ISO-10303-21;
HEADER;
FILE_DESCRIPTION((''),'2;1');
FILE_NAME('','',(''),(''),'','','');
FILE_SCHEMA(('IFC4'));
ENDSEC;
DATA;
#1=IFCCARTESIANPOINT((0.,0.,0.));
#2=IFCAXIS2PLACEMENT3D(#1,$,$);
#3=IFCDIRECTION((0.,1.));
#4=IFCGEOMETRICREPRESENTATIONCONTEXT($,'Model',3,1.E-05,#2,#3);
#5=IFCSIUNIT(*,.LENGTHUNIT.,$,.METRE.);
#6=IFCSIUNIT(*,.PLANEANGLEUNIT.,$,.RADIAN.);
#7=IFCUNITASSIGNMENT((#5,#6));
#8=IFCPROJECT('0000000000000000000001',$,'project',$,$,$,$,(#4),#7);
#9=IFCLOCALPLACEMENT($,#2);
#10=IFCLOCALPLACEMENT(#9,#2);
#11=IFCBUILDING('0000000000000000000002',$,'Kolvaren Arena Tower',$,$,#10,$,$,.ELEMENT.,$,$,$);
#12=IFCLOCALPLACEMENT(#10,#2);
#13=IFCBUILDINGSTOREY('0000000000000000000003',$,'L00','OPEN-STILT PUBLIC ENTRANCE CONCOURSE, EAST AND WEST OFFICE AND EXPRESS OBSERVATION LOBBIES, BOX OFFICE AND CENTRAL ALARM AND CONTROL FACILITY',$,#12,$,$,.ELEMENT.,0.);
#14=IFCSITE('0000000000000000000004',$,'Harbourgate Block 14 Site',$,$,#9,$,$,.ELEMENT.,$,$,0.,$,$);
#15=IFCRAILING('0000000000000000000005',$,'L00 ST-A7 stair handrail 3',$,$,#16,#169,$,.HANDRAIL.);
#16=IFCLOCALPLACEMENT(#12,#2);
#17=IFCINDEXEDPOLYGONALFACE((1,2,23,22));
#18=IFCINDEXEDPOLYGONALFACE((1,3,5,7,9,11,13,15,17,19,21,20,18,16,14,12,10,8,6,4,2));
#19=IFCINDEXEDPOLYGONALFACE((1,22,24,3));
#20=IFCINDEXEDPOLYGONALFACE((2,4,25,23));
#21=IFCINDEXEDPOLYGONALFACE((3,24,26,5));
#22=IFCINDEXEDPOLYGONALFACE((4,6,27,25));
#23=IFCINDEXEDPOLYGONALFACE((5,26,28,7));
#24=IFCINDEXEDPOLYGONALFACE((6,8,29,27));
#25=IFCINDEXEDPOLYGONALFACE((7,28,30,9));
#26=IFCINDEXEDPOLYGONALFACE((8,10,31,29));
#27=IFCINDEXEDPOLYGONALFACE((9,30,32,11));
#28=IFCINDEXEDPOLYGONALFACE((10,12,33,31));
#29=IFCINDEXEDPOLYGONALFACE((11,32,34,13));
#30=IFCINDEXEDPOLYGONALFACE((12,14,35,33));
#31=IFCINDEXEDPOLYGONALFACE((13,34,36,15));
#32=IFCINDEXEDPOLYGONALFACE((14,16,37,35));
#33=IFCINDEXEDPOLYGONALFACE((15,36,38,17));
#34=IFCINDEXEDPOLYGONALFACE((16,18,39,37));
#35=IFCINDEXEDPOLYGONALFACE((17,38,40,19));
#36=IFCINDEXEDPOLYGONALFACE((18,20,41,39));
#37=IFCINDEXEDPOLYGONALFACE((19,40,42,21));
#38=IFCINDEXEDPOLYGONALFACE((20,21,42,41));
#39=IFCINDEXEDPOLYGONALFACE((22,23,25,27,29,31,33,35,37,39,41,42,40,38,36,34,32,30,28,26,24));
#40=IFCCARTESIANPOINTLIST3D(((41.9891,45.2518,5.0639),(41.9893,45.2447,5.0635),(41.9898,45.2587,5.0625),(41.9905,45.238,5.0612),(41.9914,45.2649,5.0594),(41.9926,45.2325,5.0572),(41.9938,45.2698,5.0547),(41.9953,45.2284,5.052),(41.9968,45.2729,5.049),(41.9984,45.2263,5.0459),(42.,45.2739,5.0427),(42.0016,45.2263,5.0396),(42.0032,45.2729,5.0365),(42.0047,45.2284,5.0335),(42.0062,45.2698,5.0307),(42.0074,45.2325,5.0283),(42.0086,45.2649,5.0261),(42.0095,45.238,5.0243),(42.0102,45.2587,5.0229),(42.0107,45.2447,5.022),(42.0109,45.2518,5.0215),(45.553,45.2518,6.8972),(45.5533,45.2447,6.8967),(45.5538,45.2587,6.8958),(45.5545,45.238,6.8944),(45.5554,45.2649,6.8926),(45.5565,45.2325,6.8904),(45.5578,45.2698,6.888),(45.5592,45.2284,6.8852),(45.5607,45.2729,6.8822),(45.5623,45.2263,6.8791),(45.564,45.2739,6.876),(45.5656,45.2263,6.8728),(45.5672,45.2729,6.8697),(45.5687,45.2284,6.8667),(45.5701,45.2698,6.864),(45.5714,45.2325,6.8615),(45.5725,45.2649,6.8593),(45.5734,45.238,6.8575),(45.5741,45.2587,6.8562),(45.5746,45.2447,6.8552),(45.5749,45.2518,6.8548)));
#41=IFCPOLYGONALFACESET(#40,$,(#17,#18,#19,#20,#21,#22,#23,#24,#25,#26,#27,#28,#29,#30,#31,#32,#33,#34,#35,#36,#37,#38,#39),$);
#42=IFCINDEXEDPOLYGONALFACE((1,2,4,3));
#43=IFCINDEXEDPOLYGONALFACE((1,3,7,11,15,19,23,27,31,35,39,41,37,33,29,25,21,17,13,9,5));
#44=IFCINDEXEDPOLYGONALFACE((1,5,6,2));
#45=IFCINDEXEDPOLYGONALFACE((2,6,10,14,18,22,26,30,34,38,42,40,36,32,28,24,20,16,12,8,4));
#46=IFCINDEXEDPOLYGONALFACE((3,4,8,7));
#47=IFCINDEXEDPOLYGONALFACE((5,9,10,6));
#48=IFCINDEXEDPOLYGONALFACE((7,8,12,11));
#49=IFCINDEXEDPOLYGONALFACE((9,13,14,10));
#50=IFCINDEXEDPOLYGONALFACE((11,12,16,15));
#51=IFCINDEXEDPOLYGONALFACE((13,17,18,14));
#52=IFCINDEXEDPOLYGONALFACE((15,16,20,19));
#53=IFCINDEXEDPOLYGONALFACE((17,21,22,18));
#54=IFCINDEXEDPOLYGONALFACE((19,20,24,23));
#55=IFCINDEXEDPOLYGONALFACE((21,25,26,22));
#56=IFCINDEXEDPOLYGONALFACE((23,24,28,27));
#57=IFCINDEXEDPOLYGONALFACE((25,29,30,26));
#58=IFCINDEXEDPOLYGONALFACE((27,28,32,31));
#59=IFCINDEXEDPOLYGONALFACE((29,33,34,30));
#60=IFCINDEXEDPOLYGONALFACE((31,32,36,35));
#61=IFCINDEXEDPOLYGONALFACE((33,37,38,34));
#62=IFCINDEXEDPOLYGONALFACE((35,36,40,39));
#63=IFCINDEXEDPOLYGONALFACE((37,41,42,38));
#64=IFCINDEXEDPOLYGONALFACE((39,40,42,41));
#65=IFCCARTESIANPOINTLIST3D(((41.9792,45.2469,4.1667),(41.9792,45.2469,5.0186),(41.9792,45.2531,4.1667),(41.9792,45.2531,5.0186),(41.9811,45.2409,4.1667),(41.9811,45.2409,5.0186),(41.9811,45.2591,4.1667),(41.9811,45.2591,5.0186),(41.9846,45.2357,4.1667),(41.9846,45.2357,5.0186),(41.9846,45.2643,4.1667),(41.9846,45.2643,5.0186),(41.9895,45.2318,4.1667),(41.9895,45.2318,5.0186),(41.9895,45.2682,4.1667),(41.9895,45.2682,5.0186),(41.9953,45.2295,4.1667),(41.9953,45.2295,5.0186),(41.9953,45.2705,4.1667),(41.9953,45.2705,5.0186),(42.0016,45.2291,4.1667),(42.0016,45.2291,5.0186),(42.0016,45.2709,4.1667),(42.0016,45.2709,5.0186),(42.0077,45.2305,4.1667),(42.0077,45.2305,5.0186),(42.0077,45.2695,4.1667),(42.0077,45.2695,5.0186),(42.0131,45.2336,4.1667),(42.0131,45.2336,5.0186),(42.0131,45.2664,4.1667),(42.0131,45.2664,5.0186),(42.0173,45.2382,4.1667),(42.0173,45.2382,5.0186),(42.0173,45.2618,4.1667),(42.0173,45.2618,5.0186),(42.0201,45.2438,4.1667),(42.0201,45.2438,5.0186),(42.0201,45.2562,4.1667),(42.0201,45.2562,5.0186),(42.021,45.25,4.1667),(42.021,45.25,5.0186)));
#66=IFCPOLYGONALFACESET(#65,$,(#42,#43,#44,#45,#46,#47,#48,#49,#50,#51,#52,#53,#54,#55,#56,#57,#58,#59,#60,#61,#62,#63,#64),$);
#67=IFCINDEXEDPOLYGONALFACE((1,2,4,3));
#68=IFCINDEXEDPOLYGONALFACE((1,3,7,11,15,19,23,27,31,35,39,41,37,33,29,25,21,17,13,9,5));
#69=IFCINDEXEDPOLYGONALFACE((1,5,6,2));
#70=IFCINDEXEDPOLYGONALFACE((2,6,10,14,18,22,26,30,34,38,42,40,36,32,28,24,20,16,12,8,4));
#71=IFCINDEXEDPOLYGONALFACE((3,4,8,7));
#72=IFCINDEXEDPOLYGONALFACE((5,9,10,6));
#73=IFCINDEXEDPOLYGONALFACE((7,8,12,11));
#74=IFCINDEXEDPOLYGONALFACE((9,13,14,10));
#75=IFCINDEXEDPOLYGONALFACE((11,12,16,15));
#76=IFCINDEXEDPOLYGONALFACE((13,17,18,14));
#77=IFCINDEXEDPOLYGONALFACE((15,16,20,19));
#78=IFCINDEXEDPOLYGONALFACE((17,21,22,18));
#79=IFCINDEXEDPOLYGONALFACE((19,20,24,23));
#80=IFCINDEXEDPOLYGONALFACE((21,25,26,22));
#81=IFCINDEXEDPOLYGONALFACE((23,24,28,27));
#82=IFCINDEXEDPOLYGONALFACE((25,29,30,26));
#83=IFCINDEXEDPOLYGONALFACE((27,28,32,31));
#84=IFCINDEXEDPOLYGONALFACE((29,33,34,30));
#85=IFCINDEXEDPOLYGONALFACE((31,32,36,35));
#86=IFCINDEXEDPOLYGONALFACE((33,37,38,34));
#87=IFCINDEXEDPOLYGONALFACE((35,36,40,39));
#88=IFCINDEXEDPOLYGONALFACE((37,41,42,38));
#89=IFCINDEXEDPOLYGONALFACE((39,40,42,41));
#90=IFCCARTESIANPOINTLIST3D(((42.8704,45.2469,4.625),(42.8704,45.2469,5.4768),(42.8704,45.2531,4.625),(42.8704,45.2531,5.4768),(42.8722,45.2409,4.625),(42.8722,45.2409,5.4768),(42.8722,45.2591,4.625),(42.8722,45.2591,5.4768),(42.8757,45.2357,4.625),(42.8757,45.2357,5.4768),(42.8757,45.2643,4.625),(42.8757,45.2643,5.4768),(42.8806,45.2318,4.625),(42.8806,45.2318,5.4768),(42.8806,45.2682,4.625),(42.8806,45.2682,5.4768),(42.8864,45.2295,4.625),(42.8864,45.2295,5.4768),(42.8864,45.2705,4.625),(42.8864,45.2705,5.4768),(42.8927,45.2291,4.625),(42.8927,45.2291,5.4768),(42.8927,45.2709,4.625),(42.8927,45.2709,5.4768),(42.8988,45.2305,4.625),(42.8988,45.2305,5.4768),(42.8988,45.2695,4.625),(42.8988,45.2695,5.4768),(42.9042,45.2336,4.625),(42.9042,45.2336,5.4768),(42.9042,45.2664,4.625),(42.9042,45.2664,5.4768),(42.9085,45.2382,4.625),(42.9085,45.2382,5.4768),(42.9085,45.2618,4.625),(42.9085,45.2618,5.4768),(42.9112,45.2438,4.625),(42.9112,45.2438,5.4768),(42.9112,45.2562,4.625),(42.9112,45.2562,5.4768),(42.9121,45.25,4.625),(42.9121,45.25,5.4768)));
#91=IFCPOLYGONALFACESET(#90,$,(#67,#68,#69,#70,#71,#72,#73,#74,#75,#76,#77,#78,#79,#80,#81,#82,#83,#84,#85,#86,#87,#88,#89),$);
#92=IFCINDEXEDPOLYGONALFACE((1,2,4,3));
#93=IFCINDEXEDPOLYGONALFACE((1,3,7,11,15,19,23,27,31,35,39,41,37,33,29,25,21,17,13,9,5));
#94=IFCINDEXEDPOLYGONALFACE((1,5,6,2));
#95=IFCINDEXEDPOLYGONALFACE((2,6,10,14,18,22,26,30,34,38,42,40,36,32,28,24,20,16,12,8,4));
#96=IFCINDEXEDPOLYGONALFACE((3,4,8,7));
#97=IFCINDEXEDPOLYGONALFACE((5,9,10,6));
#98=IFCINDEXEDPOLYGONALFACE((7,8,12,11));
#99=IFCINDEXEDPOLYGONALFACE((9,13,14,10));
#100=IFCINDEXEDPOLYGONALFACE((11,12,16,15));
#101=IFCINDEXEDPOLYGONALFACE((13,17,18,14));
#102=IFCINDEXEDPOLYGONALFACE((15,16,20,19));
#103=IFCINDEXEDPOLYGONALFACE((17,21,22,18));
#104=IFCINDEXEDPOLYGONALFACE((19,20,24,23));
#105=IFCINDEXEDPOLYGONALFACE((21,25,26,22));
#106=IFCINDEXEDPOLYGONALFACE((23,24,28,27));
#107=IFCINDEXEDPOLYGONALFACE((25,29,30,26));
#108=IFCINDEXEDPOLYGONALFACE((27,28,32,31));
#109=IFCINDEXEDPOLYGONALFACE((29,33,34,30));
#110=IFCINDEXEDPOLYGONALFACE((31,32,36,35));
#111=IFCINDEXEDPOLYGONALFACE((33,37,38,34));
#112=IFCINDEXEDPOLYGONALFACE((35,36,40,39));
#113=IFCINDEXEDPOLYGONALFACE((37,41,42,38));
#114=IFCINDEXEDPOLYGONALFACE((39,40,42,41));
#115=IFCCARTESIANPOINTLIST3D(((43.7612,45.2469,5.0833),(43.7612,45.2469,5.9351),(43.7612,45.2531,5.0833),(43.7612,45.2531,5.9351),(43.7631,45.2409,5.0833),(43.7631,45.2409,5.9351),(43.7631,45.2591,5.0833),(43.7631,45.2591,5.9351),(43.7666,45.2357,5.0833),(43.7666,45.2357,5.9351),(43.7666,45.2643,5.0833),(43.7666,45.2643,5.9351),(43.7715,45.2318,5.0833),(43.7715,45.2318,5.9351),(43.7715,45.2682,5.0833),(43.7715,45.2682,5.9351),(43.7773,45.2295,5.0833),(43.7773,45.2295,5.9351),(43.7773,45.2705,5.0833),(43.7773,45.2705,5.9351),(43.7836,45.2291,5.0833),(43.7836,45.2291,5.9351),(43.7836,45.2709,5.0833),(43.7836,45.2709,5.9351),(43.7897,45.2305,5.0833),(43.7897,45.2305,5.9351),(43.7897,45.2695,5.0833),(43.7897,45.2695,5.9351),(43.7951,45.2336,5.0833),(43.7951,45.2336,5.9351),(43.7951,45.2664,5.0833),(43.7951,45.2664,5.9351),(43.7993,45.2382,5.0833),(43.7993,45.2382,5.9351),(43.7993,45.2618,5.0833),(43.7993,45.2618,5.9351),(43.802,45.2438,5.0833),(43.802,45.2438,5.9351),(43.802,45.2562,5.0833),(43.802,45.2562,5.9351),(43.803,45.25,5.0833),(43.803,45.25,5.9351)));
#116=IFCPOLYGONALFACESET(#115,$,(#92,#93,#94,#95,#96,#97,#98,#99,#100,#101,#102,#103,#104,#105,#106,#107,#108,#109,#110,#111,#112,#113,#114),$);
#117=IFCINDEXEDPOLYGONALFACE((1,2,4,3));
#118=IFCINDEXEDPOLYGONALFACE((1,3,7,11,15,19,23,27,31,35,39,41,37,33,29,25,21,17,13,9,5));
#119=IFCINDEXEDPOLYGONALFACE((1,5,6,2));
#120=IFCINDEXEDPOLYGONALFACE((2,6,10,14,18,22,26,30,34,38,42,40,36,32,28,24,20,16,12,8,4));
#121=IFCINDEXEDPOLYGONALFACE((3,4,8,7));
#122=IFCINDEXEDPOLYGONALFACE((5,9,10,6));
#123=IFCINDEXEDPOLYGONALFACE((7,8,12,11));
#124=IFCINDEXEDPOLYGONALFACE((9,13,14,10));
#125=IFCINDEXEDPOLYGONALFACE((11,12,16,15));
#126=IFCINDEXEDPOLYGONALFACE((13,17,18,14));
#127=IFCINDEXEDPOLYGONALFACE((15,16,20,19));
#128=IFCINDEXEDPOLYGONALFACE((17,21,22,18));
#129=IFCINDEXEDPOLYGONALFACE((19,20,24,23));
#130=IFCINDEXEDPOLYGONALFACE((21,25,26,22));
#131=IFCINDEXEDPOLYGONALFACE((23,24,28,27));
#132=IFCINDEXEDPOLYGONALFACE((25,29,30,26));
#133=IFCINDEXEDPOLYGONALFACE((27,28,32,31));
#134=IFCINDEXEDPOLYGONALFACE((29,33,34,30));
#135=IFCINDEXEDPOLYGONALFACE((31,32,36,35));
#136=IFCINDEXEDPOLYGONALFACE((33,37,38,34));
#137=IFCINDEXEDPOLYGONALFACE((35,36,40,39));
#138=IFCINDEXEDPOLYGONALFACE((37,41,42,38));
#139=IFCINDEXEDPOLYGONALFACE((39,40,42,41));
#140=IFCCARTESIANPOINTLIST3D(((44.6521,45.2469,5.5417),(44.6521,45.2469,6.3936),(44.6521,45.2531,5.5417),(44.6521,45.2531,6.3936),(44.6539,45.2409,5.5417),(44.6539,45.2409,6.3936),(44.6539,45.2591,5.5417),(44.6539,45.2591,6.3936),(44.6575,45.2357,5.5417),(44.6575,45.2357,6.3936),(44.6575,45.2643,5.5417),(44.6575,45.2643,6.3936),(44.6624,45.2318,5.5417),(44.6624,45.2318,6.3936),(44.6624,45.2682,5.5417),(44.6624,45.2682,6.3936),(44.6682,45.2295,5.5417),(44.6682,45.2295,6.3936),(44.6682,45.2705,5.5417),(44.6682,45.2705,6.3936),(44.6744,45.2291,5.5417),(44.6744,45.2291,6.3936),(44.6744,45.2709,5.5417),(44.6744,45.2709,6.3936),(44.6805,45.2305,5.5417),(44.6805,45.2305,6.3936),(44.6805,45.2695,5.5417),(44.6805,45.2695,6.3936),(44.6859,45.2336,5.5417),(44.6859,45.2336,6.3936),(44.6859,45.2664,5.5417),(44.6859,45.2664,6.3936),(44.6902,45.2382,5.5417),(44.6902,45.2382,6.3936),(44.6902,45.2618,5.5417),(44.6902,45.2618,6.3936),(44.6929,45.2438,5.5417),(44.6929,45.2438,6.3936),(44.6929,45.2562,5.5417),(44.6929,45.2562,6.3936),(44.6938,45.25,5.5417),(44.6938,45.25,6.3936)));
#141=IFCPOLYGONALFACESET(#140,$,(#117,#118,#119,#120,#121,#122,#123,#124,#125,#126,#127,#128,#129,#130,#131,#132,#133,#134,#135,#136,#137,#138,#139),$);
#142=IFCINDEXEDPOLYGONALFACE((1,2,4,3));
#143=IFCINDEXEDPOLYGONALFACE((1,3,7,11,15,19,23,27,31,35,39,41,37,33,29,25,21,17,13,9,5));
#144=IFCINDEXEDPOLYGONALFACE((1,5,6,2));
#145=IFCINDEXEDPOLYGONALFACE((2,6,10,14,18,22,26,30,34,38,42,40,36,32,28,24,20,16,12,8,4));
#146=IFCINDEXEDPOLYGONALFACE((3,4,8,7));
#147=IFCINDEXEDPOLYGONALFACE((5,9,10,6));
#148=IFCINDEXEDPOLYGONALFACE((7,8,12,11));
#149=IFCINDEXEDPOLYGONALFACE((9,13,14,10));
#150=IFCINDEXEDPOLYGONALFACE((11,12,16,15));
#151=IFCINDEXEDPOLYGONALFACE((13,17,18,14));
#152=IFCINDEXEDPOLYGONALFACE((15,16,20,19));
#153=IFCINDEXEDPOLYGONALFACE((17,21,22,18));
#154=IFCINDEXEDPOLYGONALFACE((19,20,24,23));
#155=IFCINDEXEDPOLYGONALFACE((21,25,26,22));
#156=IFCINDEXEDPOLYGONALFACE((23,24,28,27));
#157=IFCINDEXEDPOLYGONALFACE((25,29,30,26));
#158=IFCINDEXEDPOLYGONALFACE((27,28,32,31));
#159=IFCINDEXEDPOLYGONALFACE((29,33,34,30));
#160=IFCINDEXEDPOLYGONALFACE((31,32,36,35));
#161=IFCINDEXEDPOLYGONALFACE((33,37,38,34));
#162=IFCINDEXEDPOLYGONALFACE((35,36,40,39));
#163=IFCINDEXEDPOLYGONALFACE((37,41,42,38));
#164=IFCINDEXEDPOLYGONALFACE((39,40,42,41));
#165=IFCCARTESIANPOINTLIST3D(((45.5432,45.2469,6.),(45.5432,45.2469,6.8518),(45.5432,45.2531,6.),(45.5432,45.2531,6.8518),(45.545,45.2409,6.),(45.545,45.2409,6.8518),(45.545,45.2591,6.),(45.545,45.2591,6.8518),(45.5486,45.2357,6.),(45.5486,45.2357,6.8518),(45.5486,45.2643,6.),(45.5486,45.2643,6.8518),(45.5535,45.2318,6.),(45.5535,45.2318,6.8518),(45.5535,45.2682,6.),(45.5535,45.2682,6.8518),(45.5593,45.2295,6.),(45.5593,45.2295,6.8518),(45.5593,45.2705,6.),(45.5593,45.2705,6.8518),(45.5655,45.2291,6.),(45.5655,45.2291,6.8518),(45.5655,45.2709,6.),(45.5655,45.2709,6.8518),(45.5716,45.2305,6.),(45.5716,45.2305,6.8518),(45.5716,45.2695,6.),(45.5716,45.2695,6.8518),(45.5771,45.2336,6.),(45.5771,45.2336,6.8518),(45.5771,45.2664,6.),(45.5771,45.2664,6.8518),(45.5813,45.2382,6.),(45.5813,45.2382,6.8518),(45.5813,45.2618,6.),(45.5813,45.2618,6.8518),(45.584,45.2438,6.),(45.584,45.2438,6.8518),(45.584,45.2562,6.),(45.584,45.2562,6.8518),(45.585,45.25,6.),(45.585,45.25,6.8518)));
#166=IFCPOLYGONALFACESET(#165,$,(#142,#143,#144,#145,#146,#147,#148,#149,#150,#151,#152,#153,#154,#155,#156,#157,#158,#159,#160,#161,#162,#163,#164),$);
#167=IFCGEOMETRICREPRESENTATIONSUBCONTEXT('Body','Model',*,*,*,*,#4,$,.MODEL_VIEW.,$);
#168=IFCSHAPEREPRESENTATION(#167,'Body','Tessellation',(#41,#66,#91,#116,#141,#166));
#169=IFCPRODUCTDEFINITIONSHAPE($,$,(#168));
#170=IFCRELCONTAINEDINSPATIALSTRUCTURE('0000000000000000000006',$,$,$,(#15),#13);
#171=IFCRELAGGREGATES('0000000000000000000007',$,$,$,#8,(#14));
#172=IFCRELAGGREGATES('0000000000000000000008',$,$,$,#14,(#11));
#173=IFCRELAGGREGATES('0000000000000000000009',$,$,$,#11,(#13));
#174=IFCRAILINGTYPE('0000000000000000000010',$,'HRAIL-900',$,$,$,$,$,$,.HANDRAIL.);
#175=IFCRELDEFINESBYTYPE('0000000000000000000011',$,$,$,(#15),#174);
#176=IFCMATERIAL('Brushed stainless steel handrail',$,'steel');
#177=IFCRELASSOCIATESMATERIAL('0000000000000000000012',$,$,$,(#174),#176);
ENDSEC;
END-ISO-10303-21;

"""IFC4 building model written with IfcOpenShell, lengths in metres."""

from ifc_helpers import new_model, si_unit, direction, frame, origin, origin_2d, place, context, subcontext, project, spatial, circle, extrude, material, type_object, element, save


model = new_model("IFC4")

# Units and contexts
model_context = context("Model", 3, precision=1e-05, world=origin(), true_north=direction((0.0, 1.0)))
body_context = subcontext(model_context, "Body", "Model", "MODEL_VIEW")
ifc_project = project(units=[si_unit("LENGTHUNIT", "METRE"), si_unit("PLANEANGLEUNIT", "RADIAN")], contexts=[model_context])

# Site, building, storey
site_placement = place(None, origin())
site = spatial("IfcSite", under=ifc_project, at=site_placement, Name="Harbourgate Block 14 Site", CompositionType="ELEMENT", RefElevation=0.0)
building_placement = place(site_placement, origin())
building = spatial("IfcBuilding", under=site, at=building_placement, Name="Kolvaren Arena Tower", CompositionType="ELEMENT")
storey_placement = place(building_placement, origin())
storey = spatial("IfcBuildingStorey", under=building, at=storey_placement, Name="L00", Description="OPEN-STILT PUBLIC ENTRANCE CONCOURSE, EAST AND WEST OFFICE AND EXPRESS OBSERVATION LOBBIES, BOX OFFICE AND CENTRAL ALARM AND CONTROL FACILITY", CompositionType="ELEMENT", Elevation=0.0)

# Railing
ifc_material_1 = material(Name="Brushed stainless steel handrail", Category="steel")
railing_type_1 = type_object("IfcRailingType", Name="HRAIL-900", PredefinedType="HANDRAIL", material=ifc_material_1)
railing_1_placement = place(storey_placement, frame((42.0, 45.25, 4.1667)))
element("IfcRailing", 1, at=railing_1_placement, inside=storey, type_object=railing_type_1, Name="L00 ST-A7 stair handrail 3", PredefinedType="HANDRAIL", context=body_context, shape_type="SweptSolid", body=[
    extrude(circle(Radius=0.0239, at=origin_2d()), frame((0.0, 0.0, 0.876), z_axis=(0.889252, 0.0, 0.457418), x_axis=(0.0, 1.0, 0.0)), (0.0, 0.0, 1.0), 4.0078),
    extrude(circle(Radius=0.021, at=origin_2d()), origin(), (0.0, 0.0, 1.0), 0.8518),
    extrude(circle(Radius=0.021, at=origin_2d()), frame((0.8911, 0.0, 0.4583)), (0.0, 0.0, 1.0), 0.8518),
    extrude(circle(Radius=0.021, at=origin_2d()), frame((1.782, 0.0, 0.9165)), (0.0, 0.0, 1.0), 0.8518),
    extrude(circle(Radius=0.021, at=origin_2d()), frame((2.6729, 0.0, 1.375)), (0.0, 0.0, 1.0), 0.8518),
    extrude(circle(Radius=0.021, at=origin_2d()), frame((3.564, 0.0, 1.8333)), (0.0, 0.0, 1.0), 0.8518),
])

save(model, "model.ifc")
